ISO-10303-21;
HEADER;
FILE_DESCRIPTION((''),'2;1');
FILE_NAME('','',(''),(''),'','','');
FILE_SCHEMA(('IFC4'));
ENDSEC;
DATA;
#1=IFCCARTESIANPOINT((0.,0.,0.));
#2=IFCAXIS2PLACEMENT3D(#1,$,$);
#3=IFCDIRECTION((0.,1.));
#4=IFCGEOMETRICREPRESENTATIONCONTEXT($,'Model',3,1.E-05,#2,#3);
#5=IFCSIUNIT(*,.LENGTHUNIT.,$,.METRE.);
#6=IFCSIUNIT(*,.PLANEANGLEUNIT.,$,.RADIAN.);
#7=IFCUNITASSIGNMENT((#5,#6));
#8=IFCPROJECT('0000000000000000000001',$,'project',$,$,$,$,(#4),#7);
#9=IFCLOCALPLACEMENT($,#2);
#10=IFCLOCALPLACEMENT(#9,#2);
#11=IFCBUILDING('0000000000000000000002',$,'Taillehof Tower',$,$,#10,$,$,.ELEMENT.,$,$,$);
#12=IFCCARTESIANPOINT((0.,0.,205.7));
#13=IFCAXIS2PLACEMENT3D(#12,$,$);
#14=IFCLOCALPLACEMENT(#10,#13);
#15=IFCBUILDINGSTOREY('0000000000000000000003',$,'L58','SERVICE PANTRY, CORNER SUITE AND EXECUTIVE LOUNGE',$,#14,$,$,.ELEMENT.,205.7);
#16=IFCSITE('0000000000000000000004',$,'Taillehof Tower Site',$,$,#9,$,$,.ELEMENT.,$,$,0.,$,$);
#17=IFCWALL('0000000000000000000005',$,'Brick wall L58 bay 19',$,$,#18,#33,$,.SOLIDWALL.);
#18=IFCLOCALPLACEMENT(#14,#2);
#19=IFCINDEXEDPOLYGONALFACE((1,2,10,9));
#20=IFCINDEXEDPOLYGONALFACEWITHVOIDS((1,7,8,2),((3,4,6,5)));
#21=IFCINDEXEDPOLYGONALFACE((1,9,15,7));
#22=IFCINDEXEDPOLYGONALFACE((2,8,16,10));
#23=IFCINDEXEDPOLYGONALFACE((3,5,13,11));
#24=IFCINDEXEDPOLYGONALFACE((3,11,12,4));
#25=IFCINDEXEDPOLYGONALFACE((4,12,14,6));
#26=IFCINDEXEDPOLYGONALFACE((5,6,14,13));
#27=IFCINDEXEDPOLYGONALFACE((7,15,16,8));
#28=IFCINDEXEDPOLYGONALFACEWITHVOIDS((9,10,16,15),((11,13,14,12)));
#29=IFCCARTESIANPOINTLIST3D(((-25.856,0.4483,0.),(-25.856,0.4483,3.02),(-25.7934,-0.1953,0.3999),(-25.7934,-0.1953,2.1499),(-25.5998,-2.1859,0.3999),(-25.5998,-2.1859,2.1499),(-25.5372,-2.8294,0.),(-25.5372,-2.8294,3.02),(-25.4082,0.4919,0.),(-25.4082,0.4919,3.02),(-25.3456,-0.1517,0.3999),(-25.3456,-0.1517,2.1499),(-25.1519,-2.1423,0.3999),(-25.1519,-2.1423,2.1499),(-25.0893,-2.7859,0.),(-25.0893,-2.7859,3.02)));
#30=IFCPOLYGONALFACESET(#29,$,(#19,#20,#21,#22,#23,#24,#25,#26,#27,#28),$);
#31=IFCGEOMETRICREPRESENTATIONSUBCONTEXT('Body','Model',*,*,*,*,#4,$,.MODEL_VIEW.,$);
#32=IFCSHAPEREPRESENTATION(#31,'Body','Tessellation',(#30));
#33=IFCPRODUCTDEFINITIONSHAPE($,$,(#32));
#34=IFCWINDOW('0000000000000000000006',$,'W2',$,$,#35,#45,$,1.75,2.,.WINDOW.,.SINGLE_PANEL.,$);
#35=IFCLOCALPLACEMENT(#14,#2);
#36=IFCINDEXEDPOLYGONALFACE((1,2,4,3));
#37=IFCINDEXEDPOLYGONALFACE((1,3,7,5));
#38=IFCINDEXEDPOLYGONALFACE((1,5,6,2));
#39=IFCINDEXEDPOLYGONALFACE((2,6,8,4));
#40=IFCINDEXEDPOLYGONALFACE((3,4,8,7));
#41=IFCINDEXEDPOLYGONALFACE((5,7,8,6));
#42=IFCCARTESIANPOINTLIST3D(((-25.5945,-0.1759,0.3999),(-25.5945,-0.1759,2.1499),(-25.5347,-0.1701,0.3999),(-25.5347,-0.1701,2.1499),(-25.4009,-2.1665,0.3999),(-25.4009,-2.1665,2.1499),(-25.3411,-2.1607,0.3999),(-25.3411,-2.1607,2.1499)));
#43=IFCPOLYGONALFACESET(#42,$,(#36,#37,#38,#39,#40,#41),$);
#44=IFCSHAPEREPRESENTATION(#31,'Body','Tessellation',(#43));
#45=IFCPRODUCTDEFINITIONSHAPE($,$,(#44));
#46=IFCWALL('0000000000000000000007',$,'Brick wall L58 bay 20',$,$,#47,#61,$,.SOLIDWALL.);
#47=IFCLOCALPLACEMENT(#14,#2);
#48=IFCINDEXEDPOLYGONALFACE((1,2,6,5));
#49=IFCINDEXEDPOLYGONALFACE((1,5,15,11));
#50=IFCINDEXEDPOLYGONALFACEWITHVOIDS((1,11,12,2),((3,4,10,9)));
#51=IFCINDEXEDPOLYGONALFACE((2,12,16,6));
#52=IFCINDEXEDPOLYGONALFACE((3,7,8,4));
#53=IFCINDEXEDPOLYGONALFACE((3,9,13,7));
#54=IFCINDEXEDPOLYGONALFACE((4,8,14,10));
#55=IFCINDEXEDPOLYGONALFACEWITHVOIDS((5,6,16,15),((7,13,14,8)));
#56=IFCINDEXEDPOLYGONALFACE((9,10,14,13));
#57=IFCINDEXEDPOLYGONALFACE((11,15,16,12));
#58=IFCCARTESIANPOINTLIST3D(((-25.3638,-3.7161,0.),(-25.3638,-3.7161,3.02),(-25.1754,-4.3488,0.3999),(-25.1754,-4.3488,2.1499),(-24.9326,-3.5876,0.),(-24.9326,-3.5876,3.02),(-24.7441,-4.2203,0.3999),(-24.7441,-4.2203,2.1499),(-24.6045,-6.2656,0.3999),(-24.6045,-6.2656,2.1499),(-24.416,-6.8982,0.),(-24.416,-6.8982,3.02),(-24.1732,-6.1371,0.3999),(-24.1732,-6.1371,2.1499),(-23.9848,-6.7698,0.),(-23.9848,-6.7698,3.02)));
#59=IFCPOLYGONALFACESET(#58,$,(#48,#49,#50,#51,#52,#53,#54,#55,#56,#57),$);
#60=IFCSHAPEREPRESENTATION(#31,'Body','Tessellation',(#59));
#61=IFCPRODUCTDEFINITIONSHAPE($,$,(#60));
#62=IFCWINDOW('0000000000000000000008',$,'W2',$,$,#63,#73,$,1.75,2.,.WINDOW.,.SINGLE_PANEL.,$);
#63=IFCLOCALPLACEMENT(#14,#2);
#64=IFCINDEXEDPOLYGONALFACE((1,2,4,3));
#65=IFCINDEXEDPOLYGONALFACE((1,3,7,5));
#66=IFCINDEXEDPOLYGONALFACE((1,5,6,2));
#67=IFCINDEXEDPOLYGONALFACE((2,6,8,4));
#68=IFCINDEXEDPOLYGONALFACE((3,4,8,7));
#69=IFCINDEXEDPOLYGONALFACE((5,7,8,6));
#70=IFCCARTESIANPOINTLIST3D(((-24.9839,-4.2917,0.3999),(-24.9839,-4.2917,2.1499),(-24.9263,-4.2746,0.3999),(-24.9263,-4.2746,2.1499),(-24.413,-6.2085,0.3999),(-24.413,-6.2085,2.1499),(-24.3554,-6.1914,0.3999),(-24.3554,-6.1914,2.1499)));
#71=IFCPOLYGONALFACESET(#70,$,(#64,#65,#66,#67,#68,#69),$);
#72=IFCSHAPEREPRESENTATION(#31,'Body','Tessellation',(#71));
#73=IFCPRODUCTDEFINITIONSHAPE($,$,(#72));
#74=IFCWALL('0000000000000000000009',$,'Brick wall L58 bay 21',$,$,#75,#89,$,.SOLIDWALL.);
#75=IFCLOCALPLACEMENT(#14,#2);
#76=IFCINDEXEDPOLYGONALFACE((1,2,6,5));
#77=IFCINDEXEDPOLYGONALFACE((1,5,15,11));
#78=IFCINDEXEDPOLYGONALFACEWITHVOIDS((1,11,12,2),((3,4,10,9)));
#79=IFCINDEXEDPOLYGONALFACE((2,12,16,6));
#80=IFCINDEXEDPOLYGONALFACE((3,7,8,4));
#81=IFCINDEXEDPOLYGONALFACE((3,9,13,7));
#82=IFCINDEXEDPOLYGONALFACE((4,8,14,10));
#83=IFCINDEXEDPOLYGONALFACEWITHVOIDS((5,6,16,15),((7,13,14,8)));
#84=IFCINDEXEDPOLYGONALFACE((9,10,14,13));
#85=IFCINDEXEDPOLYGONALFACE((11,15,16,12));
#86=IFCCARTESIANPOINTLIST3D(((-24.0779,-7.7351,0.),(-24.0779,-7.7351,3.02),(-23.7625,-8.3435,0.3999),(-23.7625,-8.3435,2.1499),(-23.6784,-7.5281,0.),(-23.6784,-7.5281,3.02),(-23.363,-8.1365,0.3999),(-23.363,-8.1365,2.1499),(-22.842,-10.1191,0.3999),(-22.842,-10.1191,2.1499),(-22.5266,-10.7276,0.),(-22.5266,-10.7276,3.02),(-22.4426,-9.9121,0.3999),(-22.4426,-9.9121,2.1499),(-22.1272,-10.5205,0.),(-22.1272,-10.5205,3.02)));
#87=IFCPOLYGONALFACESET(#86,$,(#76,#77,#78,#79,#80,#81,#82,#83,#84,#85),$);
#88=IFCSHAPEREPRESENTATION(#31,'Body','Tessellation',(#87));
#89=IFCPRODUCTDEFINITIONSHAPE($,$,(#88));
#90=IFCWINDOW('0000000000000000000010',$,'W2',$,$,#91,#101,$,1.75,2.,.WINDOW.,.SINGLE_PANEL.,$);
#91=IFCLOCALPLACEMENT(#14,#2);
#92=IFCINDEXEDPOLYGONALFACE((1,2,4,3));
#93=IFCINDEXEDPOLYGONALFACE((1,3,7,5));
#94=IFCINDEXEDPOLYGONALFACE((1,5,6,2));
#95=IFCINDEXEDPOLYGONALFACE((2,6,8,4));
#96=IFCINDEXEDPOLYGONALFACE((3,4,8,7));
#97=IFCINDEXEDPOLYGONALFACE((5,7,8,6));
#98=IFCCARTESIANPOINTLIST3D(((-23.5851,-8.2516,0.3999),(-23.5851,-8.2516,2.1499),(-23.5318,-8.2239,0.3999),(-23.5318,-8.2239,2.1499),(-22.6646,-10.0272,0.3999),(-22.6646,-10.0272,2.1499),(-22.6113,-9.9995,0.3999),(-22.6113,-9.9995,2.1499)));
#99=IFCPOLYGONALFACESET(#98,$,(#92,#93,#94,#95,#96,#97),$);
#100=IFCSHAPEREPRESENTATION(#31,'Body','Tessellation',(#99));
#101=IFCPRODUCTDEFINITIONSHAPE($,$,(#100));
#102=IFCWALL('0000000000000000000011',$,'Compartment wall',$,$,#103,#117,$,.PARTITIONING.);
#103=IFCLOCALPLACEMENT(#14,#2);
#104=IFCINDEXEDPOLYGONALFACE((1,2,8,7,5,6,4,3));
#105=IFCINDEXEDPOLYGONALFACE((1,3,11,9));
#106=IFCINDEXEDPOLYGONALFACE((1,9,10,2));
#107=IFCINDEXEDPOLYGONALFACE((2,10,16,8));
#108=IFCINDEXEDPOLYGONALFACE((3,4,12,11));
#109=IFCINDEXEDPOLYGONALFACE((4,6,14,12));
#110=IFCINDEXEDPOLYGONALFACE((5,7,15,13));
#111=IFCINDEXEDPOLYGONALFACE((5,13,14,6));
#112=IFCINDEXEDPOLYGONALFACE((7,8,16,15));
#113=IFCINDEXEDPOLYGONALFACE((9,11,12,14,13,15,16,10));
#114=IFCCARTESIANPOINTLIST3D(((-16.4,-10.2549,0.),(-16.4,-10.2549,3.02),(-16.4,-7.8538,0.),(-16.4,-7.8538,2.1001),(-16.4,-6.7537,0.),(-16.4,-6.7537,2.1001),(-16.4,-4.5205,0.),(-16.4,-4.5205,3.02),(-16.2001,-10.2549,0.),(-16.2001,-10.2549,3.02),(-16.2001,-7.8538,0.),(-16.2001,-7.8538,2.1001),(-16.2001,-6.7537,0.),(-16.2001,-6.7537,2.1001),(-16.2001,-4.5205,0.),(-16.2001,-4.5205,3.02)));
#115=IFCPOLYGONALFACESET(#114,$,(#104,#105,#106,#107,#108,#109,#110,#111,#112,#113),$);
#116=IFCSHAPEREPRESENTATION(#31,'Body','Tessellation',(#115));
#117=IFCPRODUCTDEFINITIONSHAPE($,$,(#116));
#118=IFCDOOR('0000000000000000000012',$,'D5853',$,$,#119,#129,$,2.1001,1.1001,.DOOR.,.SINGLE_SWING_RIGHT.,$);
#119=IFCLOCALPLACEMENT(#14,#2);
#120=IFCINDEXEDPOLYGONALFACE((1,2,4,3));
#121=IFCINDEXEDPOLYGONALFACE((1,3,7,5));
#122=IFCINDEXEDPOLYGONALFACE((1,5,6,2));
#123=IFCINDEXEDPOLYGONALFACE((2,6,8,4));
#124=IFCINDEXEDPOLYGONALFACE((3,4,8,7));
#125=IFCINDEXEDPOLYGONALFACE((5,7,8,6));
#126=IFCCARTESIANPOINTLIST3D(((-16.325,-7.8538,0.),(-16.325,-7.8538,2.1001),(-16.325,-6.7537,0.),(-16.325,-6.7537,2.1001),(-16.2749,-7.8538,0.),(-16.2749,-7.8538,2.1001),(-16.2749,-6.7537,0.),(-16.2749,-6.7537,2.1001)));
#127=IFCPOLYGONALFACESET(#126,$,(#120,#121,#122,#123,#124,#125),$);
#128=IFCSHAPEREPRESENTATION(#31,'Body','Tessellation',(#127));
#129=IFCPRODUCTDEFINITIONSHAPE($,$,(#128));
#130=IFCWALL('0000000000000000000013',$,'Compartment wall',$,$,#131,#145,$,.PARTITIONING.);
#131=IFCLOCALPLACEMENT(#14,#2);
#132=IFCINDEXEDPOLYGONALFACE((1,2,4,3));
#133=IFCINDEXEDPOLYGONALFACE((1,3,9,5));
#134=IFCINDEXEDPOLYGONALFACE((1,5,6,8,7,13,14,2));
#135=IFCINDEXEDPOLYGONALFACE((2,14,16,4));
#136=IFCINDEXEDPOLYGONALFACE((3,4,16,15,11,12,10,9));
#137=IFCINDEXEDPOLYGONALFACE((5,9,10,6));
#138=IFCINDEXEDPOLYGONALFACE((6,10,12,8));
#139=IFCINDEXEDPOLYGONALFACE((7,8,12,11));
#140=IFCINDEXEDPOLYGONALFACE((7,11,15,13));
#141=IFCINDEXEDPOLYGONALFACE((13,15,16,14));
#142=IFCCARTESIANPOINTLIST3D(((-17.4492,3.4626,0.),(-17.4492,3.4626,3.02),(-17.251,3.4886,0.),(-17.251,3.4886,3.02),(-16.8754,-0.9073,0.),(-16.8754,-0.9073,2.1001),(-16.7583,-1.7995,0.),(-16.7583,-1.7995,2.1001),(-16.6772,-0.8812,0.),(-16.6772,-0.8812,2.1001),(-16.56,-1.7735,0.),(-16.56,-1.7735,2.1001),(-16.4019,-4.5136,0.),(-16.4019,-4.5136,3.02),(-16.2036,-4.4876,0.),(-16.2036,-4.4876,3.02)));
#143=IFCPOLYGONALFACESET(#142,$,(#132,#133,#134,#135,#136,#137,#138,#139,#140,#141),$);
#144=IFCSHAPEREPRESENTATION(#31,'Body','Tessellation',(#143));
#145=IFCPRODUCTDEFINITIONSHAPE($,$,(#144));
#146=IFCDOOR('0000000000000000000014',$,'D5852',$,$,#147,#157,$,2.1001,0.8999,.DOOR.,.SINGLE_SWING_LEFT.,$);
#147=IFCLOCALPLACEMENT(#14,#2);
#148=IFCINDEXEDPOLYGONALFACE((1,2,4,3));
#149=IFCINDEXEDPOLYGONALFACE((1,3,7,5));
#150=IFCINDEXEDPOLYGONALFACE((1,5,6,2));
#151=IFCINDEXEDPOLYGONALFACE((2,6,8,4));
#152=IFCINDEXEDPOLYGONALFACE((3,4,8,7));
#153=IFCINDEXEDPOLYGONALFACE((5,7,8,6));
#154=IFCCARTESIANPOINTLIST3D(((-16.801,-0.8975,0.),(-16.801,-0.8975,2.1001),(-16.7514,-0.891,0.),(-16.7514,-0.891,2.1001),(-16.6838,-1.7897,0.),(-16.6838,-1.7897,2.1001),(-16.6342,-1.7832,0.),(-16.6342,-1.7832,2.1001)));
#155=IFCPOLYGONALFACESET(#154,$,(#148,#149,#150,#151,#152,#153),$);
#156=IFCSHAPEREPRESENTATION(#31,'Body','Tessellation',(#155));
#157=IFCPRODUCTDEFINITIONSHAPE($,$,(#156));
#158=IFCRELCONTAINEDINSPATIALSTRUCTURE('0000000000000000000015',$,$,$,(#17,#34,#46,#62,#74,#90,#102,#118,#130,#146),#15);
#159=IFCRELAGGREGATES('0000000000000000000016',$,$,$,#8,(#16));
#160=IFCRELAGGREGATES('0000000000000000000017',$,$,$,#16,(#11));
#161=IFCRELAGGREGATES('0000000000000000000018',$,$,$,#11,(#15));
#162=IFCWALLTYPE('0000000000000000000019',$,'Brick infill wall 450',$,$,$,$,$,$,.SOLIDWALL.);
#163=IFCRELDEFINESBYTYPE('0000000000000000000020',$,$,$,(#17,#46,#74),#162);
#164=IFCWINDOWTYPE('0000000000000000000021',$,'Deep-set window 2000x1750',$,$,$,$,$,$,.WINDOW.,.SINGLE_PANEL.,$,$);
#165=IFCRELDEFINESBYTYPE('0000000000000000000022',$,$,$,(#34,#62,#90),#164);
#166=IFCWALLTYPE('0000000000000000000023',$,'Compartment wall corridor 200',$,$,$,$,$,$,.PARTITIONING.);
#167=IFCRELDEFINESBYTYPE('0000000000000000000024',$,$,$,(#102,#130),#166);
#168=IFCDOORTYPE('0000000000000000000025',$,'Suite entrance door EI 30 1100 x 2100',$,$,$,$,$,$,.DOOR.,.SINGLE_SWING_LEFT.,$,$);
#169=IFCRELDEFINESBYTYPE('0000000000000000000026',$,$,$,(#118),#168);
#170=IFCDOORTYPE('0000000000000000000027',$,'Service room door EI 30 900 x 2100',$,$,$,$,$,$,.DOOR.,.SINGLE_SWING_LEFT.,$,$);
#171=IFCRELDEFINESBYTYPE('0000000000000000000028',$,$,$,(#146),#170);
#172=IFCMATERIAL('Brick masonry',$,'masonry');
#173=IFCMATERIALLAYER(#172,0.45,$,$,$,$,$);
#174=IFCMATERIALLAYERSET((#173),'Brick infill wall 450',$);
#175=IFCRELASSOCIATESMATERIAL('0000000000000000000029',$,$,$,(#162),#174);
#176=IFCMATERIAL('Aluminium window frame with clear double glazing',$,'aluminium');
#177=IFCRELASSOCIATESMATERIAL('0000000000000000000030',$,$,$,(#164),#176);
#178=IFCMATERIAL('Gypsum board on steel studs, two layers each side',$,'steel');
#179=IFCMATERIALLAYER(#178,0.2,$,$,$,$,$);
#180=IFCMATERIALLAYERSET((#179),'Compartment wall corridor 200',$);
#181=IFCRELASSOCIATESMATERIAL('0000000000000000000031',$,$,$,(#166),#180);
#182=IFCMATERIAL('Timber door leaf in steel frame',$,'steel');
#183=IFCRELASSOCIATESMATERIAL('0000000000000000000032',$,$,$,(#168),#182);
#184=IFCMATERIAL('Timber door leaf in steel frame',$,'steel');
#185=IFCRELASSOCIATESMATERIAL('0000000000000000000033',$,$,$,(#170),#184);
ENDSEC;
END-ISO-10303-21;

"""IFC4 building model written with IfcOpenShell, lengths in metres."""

from ifc_helpers import new_model, si_unit, direction, frame, frame_2d, origin, place, context, subcontext, project, spatial, rectangle, extrude, material, layer, layer_set, type_object, element, fill, save


model = new_model("IFC4")

# Units and contexts
model_context = context("Model", 3, precision=1e-05, world=origin(), true_north=direction((0.0, 1.0)))
body_context = subcontext(model_context, "Body", "Model", "MODEL_VIEW")
ifc_project = project(units=[si_unit("LENGTHUNIT", "METRE"), si_unit("PLANEANGLEUNIT", "RADIAN")], contexts=[model_context])

# Site, building, storey
site_placement = place(None, origin())
site = spatial("IfcSite", under=ifc_project, at=site_placement, Name="Taillehof Tower Site", CompositionType="ELEMENT", RefElevation=0.0)
building_placement = place(site_placement, origin())
building = spatial("IfcBuilding", under=site, at=building_placement, Name="Taillehof Tower", CompositionType="ELEMENT")
storey_placement = place(building_placement, frame((0.0, 0.0, 205.7)))
storey = spatial("IfcBuildingStorey", under=building, at=storey_placement, Name="L58", Description="SERVICE PANTRY, CORNER SUITE AND EXECUTIVE LOUNGE", CompositionType="ELEMENT", Elevation=205.7)

# Walls, openings, windows
ifc_material_1 = material(Name="Brick masonry", Category="masonry")
ifc_layer_1 = layer(ifc_material_1, 0.45)
ifc_layer_set_1 = layer_set([ifc_layer_1], Name="Brick infill wall 450")
wall_type_1 = type_object("IfcWallType", Name="Brick infill wall 450", PredefinedType="SOLIDWALL", material=ifc_layer_set_1)
wall_1_placement = place(storey_placement, frame((-25.6321, 0.47, 0.0), z_axis=(0.0, 0.0, 1.0), x_axis=(0.096817, -0.995302, 0.0)))
wall_1 = element("IfcWall", 1, at=wall_1_placement, inside=storey, type_object=wall_type_1, Name="Brick wall L58 bay 19", PredefinedType="SOLIDWALL", context=body_context, shape_type="SweptSolid", body=[
    extrude(rectangle(XDim=3.2932, YDim=0.45, at=frame_2d((1.6465, 0.0))), origin(), (0.0, 0.0, 1.0), 3.02),
])
opening_1_placement = place(wall_1_placement, frame((0.6465, 0.0, 0.3999)))
opening_1 = element("IfcOpeningElement", 2, at=opening_1_placement, cuts=wall_1, PredefinedType="OPENING", context=body_context, shape_type="SweptSolid", body=[
    extrude(rectangle(XDim=2.0, YDim=1.75, at=frame_2d((1.0, 0.875))), frame((0.0, 0.2349, 0.0), z_axis=(0.0, -1.0, 0.0), x_axis=(1.0, 0.0, 0.0)), (0.0, 0.0, 1.0), 0.47),
])
ifc_material_2 = material(Name="Aluminium window frame with clear double glazing", Category="aluminium")
window_type = type_object("IfcWindowType", Name="Deep-set window 2000x1750", PartitioningType="SINGLE_PANEL", PredefinedType="WINDOW", material=ifc_material_2)
window_1_placement = place(opening_1_placement, origin())
window_1 = element("IfcWindow", 3, at=window_1_placement, inside=storey, type_object=window_type, Name="W2", OverallHeight=1.75, OverallWidth=2.0, PartitioningType="SINGLE_PANEL", PredefinedType="WINDOW", context=body_context, shape_type="SweptSolid", body=[
    extrude(rectangle(XDim=2.0, YDim=1.75, at=frame_2d((1.0, 0.875))), frame((0.0, 0.0349, 0.0), z_axis=(0.0, -1.0, 0.0), x_axis=(1.0, 0.0, 0.0)), (0.0, 0.0, 1.0), 0.0601),
])
fill(opening_1, window_1)
wall_2_placement = place(storey_placement, frame((-25.1482, -3.6519, 0.0), z_axis=(0.0, 0.0, 1.0), x_axis=(0.285445, -0.958395, 0.0)))
wall_2 = element("IfcWall", 4, at=wall_2_placement, inside=storey, type_object=wall_type_1, Name="Brick wall L58 bay 20", PredefinedType="SOLIDWALL", context=body_context, shape_type="SweptSolid", body=[
    extrude(rectangle(XDim=3.3203, YDim=0.45, at=frame_2d((1.6602, 0.0))), origin(), (0.0, 0.0, 1.0), 3.02),
])
opening_2_placement = place(wall_2_placement, frame((0.6602, 0.0, 0.3999)))
opening_2 = element("IfcOpeningElement", 5, at=opening_2_placement, cuts=wall_2, PredefinedType="OPENING", context=body_context, shape_type="SweptSolid", body=[
    extrude(rectangle(XDim=2.0, YDim=1.75, at=frame_2d((1.0, 0.875))), frame((0.0, 0.2349, 0.0), z_axis=(0.0, -1.0, 0.0), x_axis=(1.0, 0.0, 0.0)), (0.0, 0.0, 1.0), 0.47),
])
window_2_placement = place(opening_2_placement, origin())
window_2 = element("IfcWindow", 6, at=window_2_placement, inside=storey, type_object=window_type, Name="W2", OverallHeight=1.75, OverallWidth=2.0, PartitioningType="SINGLE_PANEL", PredefinedType="WINDOW", context=body_context, shape_type="SweptSolid", body=[
    extrude(rectangle(XDim=2.0, YDim=1.75, at=frame_2d((1.0, 0.875))), frame((0.0, 0.0349, 0.0), z_axis=(0.0, -1.0, 0.0), x_axis=(1.0, 0.0, 0.0)), (0.0, 0.0, 1.0), 0.0601),
])
fill(opening_2, window_2)
wall_3_placement = place(storey_placement, frame((-23.8782, -7.6316, 0.0), z_axis=(0.0, 0.0, 1.0), x_axis=(0.460233, -0.887798, 0.0)))
wall_3 = element("IfcWall", 7, at=wall_3_placement, inside=storey, type_object=wall_type_1, Name="Brick wall L58 bay 21", PredefinedType="SOLIDWALL", context=body_context, shape_type="SweptSolid", body=[
    extrude(rectangle(XDim=3.3706, YDim=0.45, at=frame_2d((1.6853, 0.0))), origin(), (0.0, 0.0, 1.0), 3.02),
])
opening_3_placement = place(wall_3_placement, frame((0.6853, 0.0, 0.3999)))
opening_3 = element("IfcOpeningElement", 8, at=opening_3_placement, cuts=wall_3, PredefinedType="OPENING", context=body_context, shape_type="SweptSolid", body=[
    extrude(rectangle(XDim=2.0, YDim=1.75, at=frame_2d((1.0, 0.875))), frame((0.0, 0.2349, 0.0), z_axis=(0.0, -1.0, 0.0), x_axis=(1.0, 0.0, 0.0)), (0.0, 0.0, 1.0), 0.47),
])
window_3_placement = place(opening_3_placement, origin())
window_3 = element("IfcWindow", 9, at=window_3_placement, inside=storey, type_object=window_type, Name="W2", OverallHeight=1.75, OverallWidth=2.0, PartitioningType="SINGLE_PANEL", PredefinedType="WINDOW", context=body_context, shape_type="SweptSolid", body=[
    extrude(rectangle(XDim=2.0, YDim=1.75, at=frame_2d((1.0, 0.875))), frame((0.0, 0.0349, 0.0), z_axis=(0.0, -1.0, 0.0), x_axis=(1.0, 0.0, 0.0)), (0.0, 0.0, 1.0), 0.0601),
])
fill(opening_3, window_3)

# Walls, openings, doors
ifc_material_3 = material(Name="Gypsum board on steel studs, two layers each side", Category="steel")
ifc_layer_2 = layer(ifc_material_3, 0.2)
ifc_layer_set_2 = layer_set([ifc_layer_2], Name="Compartment wall corridor 200")
wall_type_2 = type_object("IfcWallType", Name="Compartment wall corridor 200", PredefinedType="PARTITIONING", material=ifc_layer_set_2)
wall_4_placement = place(storey_placement, frame((-16.3, -10.2549, 0.0), z_axis=(0.0, 0.0, 1.0), x_axis=(0.0, 1.0, 0.0)))
wall_4 = element("IfcWall", 10, at=wall_4_placement, inside=storey, type_object=wall_type_2, Name="Compartment wall", PredefinedType="PARTITIONING", context=body_context, shape_type="SweptSolid", body=[
    extrude(rectangle(XDim=5.7344, YDim=0.2, at=frame_2d((2.8672, 0.0))), origin(), (0.0, 0.0, 1.0), 3.02),
])
opening_4_placement = place(wall_4_placement, frame((2.4011, 0.0, 0.0)))
opening_4 = element("IfcOpeningElement", 11, at=opening_4_placement, cuts=wall_4, PredefinedType="OPENING", context=body_context, shape_type="SweptSolid", body=[
    extrude(rectangle(XDim=1.1001, YDim=2.1001, at=frame_2d((0.55, 1.05))), frame((0.0, 0.1099, 0.0), z_axis=(0.0, -1.0, 0.0), x_axis=(1.0, 0.0, 0.0)), (0.0, 0.0, 1.0), 0.22),
])
ifc_material_4 = material(Name="Timber door leaf in steel frame", Category="steel")
door_type_1 = type_object("IfcDoorType", Name="Suite entrance door EI 30 1100 x 2100", OperationType="SINGLE_SWING_LEFT", PredefinedType="DOOR", material=ifc_material_4)
door_1_placement = place(opening_4_placement, origin())
door_1 = element("IfcDoor", 12, at=door_1_placement, inside=storey, type_object=door_type_1, Name="D5853", OperationType="SINGLE_SWING_RIGHT", OverallHeight=2.1001, OverallWidth=1.1001, PredefinedType="DOOR", context=body_context, shape_type="SweptSolid", body=[
    extrude(rectangle(XDim=1.1001, YDim=2.1001, at=frame_2d((0.55, 1.05))), frame((0.0, 0.0249, 0.0), z_axis=(0.0, -1.0, 0.0), x_axis=(1.0, 0.0, 0.0)), (0.0, 0.0, 1.0), 0.05),
])
fill(opening_4, door_1)
wall_5_placement = place(storey_placement, frame((-16.3027, -4.5007, 0.0), z_axis=(0.0, 0.0, 1.0), x_axis=(-0.130192, 0.991489, 0.0)))
wall_5 = element("IfcWall", 13, at=wall_5_placement, inside=storey, type_object=wall_type_2, Name="Compartment wall", PredefinedType="PARTITIONING", context=body_context, shape_type="SweptSolid", body=[
    extrude(rectangle(XDim=8.0447, YDim=0.2, at=frame_2d((4.0225, 0.0))), origin(), (0.0, 0.0, 1.0), 3.02),
])
opening_5_placement = place(wall_5_placement, frame((2.7375, 0.0, 0.0)))
opening_5 = element("IfcOpeningElement", 14, at=opening_5_placement, cuts=wall_5, PredefinedType="OPENING", context=body_context, shape_type="SweptSolid", body=[
    extrude(rectangle(XDim=0.8999, YDim=2.1001, at=frame_2d((0.45, 1.05))), frame((0.0, 0.1099, 0.0), z_axis=(0.0, -1.0, 0.0), x_axis=(1.0, 0.0, 0.0)), (0.0, 0.0, 1.0), 0.22),
])
ifc_material_5 = material(Name="Timber door leaf in steel frame", Category="steel")
door_type_2 = type_object("IfcDoorType", Name="Service room door EI 30 900 x 2100", OperationType="SINGLE_SWING_LEFT", PredefinedType="DOOR", material=ifc_material_5)
door_2_placement = place(opening_5_placement, origin())
door_2 = element("IfcDoor", 15, at=door_2_placement, inside=storey, type_object=door_type_2, Name="D5852", OperationType="SINGLE_SWING_LEFT", OverallHeight=2.1001, OverallWidth=0.8999, PredefinedType="DOOR", context=body_context, shape_type="SweptSolid", body=[
    extrude(rectangle(XDim=0.8999, YDim=2.1001, at=frame_2d((0.45, 1.05))), frame((0.0, 0.0249, 0.0), z_axis=(0.0, -1.0, 0.0), x_axis=(1.0, 0.0, 0.0)), (0.0, 0.0, 1.0), 0.05),
])
fill(opening_5, door_2)

save(model, "model.ifc")
